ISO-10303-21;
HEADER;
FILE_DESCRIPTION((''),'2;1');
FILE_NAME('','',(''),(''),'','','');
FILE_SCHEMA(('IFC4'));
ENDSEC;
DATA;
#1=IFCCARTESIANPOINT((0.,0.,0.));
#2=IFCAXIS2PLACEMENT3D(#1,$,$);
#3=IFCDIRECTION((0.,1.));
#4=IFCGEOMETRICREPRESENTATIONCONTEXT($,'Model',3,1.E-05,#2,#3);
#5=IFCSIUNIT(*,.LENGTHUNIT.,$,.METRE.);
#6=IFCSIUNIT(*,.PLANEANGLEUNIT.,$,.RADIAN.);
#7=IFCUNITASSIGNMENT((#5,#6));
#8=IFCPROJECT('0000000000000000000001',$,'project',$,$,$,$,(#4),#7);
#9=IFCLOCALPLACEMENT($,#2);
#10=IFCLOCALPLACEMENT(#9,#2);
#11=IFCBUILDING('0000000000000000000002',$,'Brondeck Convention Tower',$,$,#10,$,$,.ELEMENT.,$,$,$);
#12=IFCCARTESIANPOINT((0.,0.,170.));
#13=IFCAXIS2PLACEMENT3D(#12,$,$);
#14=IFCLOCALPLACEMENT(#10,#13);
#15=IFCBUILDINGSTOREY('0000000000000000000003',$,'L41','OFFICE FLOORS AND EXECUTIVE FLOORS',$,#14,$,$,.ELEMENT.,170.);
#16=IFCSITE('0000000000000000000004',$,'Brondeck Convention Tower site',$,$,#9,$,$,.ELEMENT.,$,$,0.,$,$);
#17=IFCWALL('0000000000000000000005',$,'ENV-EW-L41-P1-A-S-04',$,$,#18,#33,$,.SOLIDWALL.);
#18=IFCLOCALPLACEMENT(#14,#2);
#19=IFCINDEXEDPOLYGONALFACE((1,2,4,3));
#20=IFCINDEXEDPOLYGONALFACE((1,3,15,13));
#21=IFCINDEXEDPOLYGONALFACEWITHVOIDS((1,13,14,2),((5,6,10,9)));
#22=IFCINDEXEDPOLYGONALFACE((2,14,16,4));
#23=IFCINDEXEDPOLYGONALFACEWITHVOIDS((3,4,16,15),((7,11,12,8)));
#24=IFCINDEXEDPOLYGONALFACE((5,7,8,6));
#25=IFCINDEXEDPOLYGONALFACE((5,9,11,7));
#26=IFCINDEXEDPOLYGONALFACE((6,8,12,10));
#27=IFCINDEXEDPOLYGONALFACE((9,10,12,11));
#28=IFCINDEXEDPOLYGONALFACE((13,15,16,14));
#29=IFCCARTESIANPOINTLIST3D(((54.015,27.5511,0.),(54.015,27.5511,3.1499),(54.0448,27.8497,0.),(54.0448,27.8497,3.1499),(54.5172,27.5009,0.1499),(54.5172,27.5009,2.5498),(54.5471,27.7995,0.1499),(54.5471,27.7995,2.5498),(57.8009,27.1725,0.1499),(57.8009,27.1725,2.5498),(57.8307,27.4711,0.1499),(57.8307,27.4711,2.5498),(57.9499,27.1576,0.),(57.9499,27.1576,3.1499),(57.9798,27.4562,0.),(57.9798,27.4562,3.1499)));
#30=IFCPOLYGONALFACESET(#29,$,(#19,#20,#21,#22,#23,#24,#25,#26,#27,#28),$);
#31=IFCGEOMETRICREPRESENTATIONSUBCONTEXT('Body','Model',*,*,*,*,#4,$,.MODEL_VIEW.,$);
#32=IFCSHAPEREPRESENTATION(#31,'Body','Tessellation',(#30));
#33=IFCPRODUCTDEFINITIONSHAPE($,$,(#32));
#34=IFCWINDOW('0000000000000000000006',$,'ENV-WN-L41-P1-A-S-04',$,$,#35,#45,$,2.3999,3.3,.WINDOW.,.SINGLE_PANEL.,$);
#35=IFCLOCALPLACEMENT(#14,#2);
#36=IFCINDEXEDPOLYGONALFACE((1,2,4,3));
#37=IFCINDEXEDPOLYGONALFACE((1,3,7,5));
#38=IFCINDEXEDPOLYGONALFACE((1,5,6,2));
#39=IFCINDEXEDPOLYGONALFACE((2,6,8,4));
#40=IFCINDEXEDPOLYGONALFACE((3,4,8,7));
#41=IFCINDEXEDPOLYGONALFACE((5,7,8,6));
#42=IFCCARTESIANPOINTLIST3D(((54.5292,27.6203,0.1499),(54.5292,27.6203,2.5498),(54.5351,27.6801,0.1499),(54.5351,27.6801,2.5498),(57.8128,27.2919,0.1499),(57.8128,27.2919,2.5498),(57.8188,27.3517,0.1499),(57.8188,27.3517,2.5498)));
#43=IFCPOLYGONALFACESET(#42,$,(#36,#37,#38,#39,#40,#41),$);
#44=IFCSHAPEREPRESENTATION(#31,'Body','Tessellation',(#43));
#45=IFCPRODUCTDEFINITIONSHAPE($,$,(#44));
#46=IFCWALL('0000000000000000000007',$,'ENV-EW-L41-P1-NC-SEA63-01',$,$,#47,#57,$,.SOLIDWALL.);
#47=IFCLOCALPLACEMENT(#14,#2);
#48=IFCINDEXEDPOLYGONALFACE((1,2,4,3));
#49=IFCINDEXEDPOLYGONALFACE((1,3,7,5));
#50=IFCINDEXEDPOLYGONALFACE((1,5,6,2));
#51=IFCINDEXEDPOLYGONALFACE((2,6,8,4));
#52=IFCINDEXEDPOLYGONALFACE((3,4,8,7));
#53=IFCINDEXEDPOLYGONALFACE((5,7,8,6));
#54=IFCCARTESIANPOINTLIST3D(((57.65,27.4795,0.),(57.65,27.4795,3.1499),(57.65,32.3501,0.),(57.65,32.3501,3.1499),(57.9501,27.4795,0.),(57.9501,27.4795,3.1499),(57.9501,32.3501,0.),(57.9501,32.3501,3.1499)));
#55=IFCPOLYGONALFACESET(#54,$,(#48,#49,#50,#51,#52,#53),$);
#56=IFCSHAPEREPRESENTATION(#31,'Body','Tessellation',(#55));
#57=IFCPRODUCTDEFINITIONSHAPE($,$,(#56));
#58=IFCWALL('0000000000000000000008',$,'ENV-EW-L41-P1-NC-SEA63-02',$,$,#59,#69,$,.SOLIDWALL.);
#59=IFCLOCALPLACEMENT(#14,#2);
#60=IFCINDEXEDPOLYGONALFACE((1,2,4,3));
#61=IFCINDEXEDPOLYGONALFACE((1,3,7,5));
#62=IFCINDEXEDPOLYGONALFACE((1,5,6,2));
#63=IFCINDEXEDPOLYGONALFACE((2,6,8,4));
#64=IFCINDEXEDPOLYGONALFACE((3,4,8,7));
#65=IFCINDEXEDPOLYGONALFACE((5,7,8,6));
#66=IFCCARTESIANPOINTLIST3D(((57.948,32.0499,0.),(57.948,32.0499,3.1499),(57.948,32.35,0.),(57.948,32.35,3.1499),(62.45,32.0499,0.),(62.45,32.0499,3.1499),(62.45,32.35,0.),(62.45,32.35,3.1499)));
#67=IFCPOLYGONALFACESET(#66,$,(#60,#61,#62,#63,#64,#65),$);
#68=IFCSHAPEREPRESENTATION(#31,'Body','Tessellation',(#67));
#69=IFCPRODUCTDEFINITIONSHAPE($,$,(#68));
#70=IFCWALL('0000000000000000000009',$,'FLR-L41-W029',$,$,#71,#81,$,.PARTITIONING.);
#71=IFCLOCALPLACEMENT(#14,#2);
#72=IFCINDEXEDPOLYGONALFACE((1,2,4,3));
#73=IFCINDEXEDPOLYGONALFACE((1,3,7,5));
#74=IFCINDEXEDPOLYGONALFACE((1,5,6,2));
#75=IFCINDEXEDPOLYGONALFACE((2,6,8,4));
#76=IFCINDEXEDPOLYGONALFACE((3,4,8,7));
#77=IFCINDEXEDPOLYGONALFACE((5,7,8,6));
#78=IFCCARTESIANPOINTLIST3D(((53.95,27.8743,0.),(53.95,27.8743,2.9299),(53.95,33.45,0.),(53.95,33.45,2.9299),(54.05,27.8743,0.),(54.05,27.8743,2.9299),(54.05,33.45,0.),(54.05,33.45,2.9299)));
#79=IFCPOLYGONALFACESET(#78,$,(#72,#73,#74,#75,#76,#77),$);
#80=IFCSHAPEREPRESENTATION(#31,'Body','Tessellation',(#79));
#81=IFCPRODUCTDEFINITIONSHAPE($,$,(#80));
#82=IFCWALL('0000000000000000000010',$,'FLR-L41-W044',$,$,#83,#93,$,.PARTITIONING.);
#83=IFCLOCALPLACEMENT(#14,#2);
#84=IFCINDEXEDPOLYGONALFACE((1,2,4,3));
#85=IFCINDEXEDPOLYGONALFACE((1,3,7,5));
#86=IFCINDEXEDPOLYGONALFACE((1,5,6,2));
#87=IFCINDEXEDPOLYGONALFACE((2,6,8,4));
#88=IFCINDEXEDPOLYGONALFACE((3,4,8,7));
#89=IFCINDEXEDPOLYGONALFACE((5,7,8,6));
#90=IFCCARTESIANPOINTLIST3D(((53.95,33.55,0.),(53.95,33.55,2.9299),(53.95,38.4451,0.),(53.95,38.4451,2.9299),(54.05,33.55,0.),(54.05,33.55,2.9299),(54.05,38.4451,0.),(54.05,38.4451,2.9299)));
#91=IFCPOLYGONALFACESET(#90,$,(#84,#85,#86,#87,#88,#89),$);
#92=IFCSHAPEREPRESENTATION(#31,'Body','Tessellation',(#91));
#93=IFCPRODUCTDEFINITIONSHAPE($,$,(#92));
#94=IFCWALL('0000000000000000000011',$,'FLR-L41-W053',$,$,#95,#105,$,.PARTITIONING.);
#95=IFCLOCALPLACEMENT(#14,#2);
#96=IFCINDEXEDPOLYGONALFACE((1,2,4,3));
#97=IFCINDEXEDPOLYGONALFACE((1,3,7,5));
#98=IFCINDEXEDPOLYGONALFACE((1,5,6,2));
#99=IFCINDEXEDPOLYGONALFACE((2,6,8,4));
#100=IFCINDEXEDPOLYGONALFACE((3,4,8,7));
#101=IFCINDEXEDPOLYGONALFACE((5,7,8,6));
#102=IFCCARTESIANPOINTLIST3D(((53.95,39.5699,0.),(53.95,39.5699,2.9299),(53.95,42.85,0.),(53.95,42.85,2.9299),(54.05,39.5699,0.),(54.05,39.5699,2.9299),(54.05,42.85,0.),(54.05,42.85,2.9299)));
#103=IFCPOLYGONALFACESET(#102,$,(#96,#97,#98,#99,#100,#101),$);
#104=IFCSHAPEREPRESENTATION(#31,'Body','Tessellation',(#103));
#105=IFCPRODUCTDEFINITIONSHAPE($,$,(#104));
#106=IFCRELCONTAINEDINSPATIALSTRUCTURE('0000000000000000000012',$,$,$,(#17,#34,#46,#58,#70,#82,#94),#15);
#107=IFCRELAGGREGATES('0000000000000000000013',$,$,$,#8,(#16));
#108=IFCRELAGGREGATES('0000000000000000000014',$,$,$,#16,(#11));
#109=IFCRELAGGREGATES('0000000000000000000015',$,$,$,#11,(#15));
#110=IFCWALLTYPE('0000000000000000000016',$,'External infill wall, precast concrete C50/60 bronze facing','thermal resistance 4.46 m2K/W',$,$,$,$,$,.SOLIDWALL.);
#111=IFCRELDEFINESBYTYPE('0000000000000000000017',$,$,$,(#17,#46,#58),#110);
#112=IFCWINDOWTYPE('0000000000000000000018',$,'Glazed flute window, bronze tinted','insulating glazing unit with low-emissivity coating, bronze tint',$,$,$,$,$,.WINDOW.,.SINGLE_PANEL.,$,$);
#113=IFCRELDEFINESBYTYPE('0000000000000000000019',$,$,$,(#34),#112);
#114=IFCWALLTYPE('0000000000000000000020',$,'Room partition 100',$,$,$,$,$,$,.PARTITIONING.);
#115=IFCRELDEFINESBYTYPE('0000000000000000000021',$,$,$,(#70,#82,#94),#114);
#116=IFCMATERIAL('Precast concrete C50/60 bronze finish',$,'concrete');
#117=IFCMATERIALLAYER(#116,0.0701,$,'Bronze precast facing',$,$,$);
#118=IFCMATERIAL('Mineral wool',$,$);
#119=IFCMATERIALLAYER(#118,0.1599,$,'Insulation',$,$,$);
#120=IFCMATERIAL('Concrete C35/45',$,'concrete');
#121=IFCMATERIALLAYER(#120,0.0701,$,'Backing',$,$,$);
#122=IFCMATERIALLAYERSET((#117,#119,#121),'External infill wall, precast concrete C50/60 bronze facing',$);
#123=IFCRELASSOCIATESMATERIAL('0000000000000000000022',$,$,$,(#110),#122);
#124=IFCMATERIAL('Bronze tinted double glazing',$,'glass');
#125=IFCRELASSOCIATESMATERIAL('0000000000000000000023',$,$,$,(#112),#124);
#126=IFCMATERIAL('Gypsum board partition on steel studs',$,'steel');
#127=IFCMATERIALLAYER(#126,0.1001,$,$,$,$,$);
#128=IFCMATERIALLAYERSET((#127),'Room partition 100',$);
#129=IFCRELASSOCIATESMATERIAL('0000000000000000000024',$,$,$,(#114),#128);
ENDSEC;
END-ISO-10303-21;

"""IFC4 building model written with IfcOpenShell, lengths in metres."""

from ifc_helpers import new_model, si_unit, direction, frame, frame_2d, origin, place, context, subcontext, project, spatial, rectangle, extrude, material, layer, layer_set, type_object, element, fill, save


model = new_model("IFC4")

# Units and contexts
model_context = context("Model", 3, precision=1e-05, world=origin(), true_north=direction((0.0, 1.0)))
body_context = subcontext(model_context, "Body", "Model", "MODEL_VIEW")
ifc_project = project(units=[si_unit("LENGTHUNIT", "METRE"), si_unit("PLANEANGLEUNIT", "RADIAN")], contexts=[model_context])

# Site, building, storey
site_placement = place(None, origin())
site = spatial("IfcSite", under=ifc_project, at=site_placement, Name="Brondeck Convention Tower site", CompositionType="ELEMENT", RefElevation=0.0)
building_placement = place(site_placement, origin())
building = spatial("IfcBuilding", under=site, at=building_placement, Name="Brondeck Convention Tower", CompositionType="ELEMENT")
storey_placement = place(building_placement, frame((0.0, 0.0, 170.0)))
storey = spatial("IfcBuildingStorey", under=building, at=storey_placement, Name="L41", Description="OFFICE FLOORS AND EXECUTIVE FLOORS", CompositionType="ELEMENT", Elevation=170.0)

# Shared definitions
ifc_material_1 = material(Name="Precast concrete C50/60 bronze finish", Category="concrete")
ifc_layer_1 = layer(ifc_material_1, 0.0701, Name="Bronze precast facing")
ifc_material_2 = material(Name="Mineral wool")
ifc_layer_2 = layer(ifc_material_2, 0.1599, Name="Insulation")
ifc_material_3 = material(Name="Concrete C35/45", Category="concrete")
ifc_layer_3 = layer(ifc_material_3, 0.0701, Name="Backing")
ifc_layer_set_1 = layer_set([ifc_layer_1, ifc_layer_2, ifc_layer_3], Name="External infill wall, precast concrete C50/60 bronze facing")
wall_type_1 = type_object("IfcWallType", Name="External infill wall, precast concrete C50/60 bronze facing", Description="thermal resistance 4.46 m2K/W", PredefinedType="SOLIDWALL", material=ifc_layer_set_1)
ifc_material_4 = material(Name="Bronze tinted double glazing", Category="glass")
window_type_1 = type_object("IfcWindowType", Name="Glazed flute window, bronze tinted", Description="insulating glazing unit with low-emissivity coating, bronze tint", PartitioningType="SINGLE_PANEL", PredefinedType="WINDOW", material=ifc_material_4)

# Wall, opening, window
wall_1_placement = place(storey_placement, frame((57.9648, 27.3069, 0.0), z_axis=(0.0, 0.0, 1.0), x_axis=(-0.995036, 0.099516, 0.0)))
wall_1 = element("IfcWall", 1, at=wall_1_placement, inside=storey, type_object=wall_type_1, Name="ENV-EW-L41-P1-A-S-04", PredefinedType="SOLIDWALL", context=body_context, shape_type="SweptSolid", body=[
    extrude(rectangle(XDim=3.9546, YDim=0.3, at=frame_2d((1.9773, 0.0))), origin(), (0.0, 0.0, 1.0), 3.1499),
])
opening_1_placement = place(wall_1_placement, frame((0.1499, 0.0, 0.1499)))
opening_1 = element("IfcOpeningElement", 2, at=opening_1_placement, cuts=wall_1, PredefinedType="OPENING", context=body_context, shape_type="SweptSolid", body=[
    extrude(rectangle(XDim=3.3, YDim=2.3999, at=frame_2d((1.6499, 1.2))), frame((0.0, 0.1599, 0.0), z_axis=(0.0, -1.0, 0.0), x_axis=(1.0, 0.0, 0.0)), (0.0, 0.0, 1.0), 0.3201),
])
window_1_placement = place(opening_1_placement, origin())
window_1 = element("IfcWindow", 3, at=window_1_placement, inside=storey, type_object=window_type_1, Name="ENV-WN-L41-P1-A-S-04", OverallHeight=2.3999, OverallWidth=3.3, PartitioningType="SINGLE_PANEL", PredefinedType="WINDOW", context=body_context, shape_type="SweptSolid", body=[
    extrude(rectangle(XDim=3.3, YDim=2.3999, at=frame_2d((1.6499, 1.2))), frame((0.0, 0.03, 0.0), z_axis=(0.0, -1.0, 0.0), x_axis=(1.0, 0.0, 0.0)), (0.0, 0.0, 1.0), 0.0601),
])
fill(opening_1, window_1)

# Walls
wall_2_placement = place(storey_placement, frame((57.8, 32.3501, 0.0), z_axis=(0.0, 0.0, 1.0), x_axis=(0.0, -1.0, 0.0)))
element("IfcWall", 4, at=wall_2_placement, inside=storey, type_object=wall_type_1, Name="ENV-EW-L41-P1-NC-SEA63-01", PredefinedType="SOLIDWALL", context=body_context, shape_type="SweptSolid", body=[
    extrude(rectangle(XDim=4.8706, YDim=0.3, at=frame_2d((2.4353, 0.0))), origin(), (0.0, 0.0, 1.0), 3.1499),
])
wall_3_placement = place(storey_placement, frame((62.45, 32.2, 0.0), z_axis=(0.0, 0.0, 1.0), x_axis=(-1.0, 0.0, 0.0)))
element("IfcWall", 5, at=wall_3_placement, inside=storey, type_object=wall_type_1, Name="ENV-EW-L41-P1-NC-SEA63-02", PredefinedType="SOLIDWALL", context=body_context, shape_type="SweptSolid", body=[
    extrude(rectangle(XDim=4.502, YDim=0.3, at=frame_2d((2.251, 0.0))), origin(), (0.0, 0.0, 1.0), 3.1499),
])
ifc_material_5 = material(Name="Gypsum board partition on steel studs", Category="steel")
ifc_layer_4 = layer(ifc_material_5, 0.1001)
ifc_layer_set_2 = layer_set([ifc_layer_4], Name="Room partition 100")
wall_type_2 = type_object("IfcWallType", Name="Room partition 100", PredefinedType="PARTITIONING", material=ifc_layer_set_2)
wall_4_placement = place(storey_placement, frame((54.0, 27.8743, 0.0), z_axis=(0.0, 0.0, 1.0), x_axis=(0.0, 1.0, 0.0)))
element("IfcWall", 6, at=wall_4_placement, inside=storey, type_object=wall_type_2, Name="FLR-L41-W029", PredefinedType="PARTITIONING", context=body_context, shape_type="SweptSolid", body=[
    extrude(rectangle(XDim=5.5757, YDim=0.1001, at=frame_2d((2.7878, 0.0))), origin(), (0.0, 0.0, 1.0), 2.9299),
])
wall_5_placement = place(storey_placement, frame((54.0, 33.55, 0.0), z_axis=(0.0, 0.0, 1.0), x_axis=(0.0, 1.0, 0.0)))
element("IfcWall", 7, at=wall_5_placement, inside=storey, type_object=wall_type_2, Name="FLR-L41-W044", PredefinedType="PARTITIONING", context=body_context, shape_type="SweptSolid", body=[
    extrude(rectangle(XDim=4.895, YDim=0.1001, at=frame_2d((2.4475, 0.0))), origin(), (0.0, 0.0, 1.0), 2.9299),
])
wall_6_placement = place(storey_placement, frame((54.0, 42.8501, 0.0), z_axis=(0.0, 0.0, 1.0), x_axis=(0.0, -1.0, 0.0)))
element("IfcWall", 8, at=wall_6_placement, inside=storey, type_object=wall_type_2, Name="FLR-L41-W053", PredefinedType="PARTITIONING", context=body_context, shape_type="SweptSolid", body=[
    extrude(rectangle(XDim=3.28, YDim=0.1001, at=frame_2d((1.6401, 0.0))), origin(), (0.0, 0.0, 1.0), 2.9299),
])

save(model, "model.ifc")
